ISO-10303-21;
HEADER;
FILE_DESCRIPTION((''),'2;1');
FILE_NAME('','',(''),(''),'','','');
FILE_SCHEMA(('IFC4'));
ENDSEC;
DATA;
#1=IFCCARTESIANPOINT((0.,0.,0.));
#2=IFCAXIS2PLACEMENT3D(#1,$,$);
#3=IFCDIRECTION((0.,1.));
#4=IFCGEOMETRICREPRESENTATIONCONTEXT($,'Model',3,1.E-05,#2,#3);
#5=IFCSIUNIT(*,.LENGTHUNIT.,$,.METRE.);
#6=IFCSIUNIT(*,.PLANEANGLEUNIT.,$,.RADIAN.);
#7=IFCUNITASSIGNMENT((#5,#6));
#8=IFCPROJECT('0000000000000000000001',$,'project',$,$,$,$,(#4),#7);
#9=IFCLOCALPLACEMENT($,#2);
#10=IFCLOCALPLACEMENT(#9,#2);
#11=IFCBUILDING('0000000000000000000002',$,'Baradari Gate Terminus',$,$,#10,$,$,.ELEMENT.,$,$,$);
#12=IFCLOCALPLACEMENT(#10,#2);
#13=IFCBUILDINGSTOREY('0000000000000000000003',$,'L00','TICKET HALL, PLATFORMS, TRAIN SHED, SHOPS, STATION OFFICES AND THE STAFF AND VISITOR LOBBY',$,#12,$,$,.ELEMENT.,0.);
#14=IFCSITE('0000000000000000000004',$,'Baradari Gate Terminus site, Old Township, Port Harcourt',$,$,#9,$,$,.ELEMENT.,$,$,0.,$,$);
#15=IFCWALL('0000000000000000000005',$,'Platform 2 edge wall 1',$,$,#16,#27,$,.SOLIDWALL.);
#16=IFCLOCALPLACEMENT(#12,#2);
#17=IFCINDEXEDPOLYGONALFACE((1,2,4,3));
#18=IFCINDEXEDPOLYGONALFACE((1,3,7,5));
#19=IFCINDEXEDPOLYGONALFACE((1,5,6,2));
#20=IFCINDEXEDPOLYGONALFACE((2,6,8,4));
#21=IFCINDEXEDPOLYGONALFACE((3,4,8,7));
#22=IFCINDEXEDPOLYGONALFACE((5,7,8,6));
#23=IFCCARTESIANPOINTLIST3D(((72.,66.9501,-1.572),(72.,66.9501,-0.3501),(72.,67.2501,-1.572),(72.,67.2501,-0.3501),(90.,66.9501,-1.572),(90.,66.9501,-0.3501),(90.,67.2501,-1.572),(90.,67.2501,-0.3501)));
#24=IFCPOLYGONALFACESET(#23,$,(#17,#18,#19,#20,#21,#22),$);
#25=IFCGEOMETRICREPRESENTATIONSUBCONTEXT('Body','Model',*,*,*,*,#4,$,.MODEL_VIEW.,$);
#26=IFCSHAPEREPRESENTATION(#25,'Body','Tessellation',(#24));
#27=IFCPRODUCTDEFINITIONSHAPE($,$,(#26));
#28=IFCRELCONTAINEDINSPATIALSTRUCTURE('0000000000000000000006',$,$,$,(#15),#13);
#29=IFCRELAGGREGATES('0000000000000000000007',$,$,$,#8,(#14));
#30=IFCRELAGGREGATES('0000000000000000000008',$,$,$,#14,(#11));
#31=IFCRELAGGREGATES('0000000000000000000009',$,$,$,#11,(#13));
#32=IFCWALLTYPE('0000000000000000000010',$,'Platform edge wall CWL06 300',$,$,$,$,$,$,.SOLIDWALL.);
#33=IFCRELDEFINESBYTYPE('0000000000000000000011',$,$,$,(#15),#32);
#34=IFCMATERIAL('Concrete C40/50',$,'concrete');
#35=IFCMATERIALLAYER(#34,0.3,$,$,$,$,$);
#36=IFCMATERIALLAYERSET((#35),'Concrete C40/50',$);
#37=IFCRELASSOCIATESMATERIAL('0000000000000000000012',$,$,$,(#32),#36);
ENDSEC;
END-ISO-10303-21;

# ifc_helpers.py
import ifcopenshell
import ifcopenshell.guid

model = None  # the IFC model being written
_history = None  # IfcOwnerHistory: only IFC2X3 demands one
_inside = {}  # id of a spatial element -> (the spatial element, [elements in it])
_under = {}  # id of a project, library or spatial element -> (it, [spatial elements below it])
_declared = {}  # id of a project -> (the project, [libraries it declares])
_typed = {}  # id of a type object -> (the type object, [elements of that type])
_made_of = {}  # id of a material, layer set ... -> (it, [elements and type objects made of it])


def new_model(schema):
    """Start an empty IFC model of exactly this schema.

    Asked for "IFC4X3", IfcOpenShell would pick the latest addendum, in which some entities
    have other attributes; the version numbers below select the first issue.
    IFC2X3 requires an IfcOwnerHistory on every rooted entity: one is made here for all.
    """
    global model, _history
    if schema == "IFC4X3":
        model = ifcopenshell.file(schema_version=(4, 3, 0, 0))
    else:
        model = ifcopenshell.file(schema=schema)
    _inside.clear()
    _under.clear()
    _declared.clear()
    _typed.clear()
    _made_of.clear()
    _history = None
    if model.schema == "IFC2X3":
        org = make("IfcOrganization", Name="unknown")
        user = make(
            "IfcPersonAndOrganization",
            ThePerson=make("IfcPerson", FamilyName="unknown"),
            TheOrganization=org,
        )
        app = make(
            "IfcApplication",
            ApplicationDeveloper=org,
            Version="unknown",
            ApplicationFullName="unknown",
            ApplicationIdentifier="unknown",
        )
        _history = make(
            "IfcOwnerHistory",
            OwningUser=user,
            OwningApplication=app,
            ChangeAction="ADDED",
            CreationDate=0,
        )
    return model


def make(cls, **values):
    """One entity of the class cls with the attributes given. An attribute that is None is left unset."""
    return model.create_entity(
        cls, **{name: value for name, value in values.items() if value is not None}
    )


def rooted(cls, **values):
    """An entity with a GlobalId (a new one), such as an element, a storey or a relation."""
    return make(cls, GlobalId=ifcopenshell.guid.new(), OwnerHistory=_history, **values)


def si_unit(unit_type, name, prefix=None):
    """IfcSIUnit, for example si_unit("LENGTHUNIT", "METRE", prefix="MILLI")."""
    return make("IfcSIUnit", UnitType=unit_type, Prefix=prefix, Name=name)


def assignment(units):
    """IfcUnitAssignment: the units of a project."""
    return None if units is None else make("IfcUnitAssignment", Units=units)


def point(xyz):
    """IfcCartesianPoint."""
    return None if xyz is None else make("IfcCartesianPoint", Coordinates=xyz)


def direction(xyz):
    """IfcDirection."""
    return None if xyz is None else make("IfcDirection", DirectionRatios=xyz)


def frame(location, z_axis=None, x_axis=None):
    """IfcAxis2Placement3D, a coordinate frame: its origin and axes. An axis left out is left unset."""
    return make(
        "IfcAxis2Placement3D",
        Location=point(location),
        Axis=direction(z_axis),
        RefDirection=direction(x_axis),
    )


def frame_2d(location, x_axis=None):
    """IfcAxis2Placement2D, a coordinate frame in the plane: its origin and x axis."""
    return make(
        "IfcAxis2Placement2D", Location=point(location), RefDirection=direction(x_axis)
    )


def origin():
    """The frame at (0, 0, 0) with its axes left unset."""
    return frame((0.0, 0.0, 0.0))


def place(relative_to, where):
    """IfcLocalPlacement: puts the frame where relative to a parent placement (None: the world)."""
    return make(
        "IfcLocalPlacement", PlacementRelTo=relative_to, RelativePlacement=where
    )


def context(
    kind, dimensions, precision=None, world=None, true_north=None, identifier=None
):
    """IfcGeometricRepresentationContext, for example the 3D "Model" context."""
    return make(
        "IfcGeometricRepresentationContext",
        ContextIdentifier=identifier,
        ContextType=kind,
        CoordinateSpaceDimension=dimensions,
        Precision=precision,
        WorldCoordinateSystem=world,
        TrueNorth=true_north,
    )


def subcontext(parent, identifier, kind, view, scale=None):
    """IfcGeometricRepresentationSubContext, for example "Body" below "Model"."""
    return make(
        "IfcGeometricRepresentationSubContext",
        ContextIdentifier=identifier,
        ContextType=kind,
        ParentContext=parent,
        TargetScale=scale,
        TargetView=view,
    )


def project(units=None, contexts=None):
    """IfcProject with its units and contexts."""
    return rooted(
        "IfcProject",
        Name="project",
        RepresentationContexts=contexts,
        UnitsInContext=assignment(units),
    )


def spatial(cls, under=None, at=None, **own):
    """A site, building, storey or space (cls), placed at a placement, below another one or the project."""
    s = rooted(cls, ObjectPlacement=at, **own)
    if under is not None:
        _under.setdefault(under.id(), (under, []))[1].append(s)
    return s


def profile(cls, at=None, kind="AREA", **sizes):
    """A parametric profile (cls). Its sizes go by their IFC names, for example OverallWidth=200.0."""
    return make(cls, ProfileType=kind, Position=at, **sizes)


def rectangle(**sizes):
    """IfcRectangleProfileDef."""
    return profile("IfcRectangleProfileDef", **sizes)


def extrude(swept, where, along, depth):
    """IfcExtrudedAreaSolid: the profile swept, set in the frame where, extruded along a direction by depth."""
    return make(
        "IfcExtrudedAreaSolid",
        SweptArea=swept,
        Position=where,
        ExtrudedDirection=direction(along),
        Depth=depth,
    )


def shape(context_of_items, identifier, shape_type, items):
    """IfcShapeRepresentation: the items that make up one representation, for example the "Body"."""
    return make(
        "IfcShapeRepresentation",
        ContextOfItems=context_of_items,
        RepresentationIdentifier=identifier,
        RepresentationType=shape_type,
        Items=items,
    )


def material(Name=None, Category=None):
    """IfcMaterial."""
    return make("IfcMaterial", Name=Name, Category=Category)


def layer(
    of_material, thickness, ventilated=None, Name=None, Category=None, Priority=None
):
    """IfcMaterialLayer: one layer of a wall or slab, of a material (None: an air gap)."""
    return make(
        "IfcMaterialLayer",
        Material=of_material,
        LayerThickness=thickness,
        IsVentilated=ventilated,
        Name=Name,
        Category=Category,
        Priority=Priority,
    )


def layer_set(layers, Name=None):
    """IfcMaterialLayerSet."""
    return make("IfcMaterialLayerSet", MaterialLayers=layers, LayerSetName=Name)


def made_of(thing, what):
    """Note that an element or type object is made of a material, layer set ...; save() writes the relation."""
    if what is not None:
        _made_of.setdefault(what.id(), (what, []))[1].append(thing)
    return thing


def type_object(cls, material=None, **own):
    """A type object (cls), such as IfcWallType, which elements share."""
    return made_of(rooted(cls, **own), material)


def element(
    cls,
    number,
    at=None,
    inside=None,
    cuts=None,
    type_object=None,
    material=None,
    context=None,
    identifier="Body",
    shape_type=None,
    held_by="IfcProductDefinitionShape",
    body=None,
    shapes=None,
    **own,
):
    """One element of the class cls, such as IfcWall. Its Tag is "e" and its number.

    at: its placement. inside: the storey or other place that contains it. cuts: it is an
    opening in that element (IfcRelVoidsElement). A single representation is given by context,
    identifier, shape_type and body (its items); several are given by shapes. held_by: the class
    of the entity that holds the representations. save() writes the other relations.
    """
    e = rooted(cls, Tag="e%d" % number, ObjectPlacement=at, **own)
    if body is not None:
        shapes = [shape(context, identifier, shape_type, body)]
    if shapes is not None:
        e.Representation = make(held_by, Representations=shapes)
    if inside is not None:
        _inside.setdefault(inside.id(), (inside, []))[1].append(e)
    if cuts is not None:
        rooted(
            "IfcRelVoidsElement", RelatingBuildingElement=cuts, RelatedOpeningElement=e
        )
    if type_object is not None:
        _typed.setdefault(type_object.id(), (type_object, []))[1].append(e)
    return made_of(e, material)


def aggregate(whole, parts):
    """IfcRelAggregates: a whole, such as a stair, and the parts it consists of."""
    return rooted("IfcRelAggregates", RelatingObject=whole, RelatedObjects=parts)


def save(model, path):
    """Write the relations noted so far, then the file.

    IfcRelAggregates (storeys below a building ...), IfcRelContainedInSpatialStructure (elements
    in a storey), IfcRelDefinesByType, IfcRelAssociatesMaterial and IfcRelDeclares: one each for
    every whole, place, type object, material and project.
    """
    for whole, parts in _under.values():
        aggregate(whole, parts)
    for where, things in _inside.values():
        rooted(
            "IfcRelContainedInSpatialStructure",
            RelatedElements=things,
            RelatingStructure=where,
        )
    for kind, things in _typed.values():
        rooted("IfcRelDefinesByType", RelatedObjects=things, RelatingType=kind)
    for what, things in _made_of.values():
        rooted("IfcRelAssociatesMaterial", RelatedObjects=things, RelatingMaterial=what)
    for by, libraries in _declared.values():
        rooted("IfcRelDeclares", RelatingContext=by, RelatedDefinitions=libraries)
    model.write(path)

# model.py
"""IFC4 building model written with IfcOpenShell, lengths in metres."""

from ifc_helpers import new_model, si_unit, direction, frame, frame_2d, origin, place, context, subcontext, project, spatial, rectangle, extrude, material, layer, layer_set, type_object, element, save


model = new_model("IFC4")

# Units and contexts
model_context = context("Model", 3, precision=1e-05, world=origin(), true_north=direction((0.0, 1.0)))
body_context = subcontext(model_context, "Body", "Model", "MODEL_VIEW")
ifc_project = project(units=[si_unit("LENGTHUNIT", "METRE"), si_unit("PLANEANGLEUNIT", "RADIAN")], contexts=[model_context])

# Site, building, storey
site_placement = place(None, origin())
site = spatial("IfcSite", under=ifc_project, at=site_placement, Name="Baradari Gate Terminus site, Old Township, Port Harcourt", CompositionType="ELEMENT", RefElevation=0.0)
building_placement = place(site_placement, origin())
building = spatial("IfcBuilding", under=site, at=building_placement, Name="Baradari Gate Terminus", CompositionType="ELEMENT")
storey_placement = place(building_placement, origin())
storey = spatial("IfcBuildingStorey", under=building, at=storey_placement, Name="L00", Description="TICKET HALL, PLATFORMS, TRAIN SHED, SHOPS, STATION OFFICES AND THE STAFF AND VISITOR LOBBY", CompositionType="ELEMENT", Elevation=0.0)

# Wall
ifc_material_1 = material(Name="Concrete C40/50", Category="concrete")
ifc_layer_1 = layer(ifc_material_1, 0.3)
ifc_layer_set_1 = layer_set([ifc_layer_1], Name="Concrete C40/50")
wall_type_1 = type_object("IfcWallType", Name="Platform edge wall CWL06 300", PredefinedType="SOLIDWALL", material=ifc_layer_set_1)
wall_1_placement = place(storey_placement, frame((72.0, 67.1001, -1.572), z_axis=(0.0, 0.0, 1.0), x_axis=(1.0, 0.0, 0.0)))
element("IfcWall", 1, at=wall_1_placement, inside=storey, type_object=wall_type_1, Name="Platform 2 edge wall 1", PredefinedType="SOLIDWALL", context=body_context, shape_type="SweptSolid", body=[
    extrude(rectangle(XDim=18.0, YDim=0.3, at=frame_2d((9.0, 0.0))), origin(), (0.0, 0.0, 1.0), 1.2219),
])

save(model, "model.ifc")
